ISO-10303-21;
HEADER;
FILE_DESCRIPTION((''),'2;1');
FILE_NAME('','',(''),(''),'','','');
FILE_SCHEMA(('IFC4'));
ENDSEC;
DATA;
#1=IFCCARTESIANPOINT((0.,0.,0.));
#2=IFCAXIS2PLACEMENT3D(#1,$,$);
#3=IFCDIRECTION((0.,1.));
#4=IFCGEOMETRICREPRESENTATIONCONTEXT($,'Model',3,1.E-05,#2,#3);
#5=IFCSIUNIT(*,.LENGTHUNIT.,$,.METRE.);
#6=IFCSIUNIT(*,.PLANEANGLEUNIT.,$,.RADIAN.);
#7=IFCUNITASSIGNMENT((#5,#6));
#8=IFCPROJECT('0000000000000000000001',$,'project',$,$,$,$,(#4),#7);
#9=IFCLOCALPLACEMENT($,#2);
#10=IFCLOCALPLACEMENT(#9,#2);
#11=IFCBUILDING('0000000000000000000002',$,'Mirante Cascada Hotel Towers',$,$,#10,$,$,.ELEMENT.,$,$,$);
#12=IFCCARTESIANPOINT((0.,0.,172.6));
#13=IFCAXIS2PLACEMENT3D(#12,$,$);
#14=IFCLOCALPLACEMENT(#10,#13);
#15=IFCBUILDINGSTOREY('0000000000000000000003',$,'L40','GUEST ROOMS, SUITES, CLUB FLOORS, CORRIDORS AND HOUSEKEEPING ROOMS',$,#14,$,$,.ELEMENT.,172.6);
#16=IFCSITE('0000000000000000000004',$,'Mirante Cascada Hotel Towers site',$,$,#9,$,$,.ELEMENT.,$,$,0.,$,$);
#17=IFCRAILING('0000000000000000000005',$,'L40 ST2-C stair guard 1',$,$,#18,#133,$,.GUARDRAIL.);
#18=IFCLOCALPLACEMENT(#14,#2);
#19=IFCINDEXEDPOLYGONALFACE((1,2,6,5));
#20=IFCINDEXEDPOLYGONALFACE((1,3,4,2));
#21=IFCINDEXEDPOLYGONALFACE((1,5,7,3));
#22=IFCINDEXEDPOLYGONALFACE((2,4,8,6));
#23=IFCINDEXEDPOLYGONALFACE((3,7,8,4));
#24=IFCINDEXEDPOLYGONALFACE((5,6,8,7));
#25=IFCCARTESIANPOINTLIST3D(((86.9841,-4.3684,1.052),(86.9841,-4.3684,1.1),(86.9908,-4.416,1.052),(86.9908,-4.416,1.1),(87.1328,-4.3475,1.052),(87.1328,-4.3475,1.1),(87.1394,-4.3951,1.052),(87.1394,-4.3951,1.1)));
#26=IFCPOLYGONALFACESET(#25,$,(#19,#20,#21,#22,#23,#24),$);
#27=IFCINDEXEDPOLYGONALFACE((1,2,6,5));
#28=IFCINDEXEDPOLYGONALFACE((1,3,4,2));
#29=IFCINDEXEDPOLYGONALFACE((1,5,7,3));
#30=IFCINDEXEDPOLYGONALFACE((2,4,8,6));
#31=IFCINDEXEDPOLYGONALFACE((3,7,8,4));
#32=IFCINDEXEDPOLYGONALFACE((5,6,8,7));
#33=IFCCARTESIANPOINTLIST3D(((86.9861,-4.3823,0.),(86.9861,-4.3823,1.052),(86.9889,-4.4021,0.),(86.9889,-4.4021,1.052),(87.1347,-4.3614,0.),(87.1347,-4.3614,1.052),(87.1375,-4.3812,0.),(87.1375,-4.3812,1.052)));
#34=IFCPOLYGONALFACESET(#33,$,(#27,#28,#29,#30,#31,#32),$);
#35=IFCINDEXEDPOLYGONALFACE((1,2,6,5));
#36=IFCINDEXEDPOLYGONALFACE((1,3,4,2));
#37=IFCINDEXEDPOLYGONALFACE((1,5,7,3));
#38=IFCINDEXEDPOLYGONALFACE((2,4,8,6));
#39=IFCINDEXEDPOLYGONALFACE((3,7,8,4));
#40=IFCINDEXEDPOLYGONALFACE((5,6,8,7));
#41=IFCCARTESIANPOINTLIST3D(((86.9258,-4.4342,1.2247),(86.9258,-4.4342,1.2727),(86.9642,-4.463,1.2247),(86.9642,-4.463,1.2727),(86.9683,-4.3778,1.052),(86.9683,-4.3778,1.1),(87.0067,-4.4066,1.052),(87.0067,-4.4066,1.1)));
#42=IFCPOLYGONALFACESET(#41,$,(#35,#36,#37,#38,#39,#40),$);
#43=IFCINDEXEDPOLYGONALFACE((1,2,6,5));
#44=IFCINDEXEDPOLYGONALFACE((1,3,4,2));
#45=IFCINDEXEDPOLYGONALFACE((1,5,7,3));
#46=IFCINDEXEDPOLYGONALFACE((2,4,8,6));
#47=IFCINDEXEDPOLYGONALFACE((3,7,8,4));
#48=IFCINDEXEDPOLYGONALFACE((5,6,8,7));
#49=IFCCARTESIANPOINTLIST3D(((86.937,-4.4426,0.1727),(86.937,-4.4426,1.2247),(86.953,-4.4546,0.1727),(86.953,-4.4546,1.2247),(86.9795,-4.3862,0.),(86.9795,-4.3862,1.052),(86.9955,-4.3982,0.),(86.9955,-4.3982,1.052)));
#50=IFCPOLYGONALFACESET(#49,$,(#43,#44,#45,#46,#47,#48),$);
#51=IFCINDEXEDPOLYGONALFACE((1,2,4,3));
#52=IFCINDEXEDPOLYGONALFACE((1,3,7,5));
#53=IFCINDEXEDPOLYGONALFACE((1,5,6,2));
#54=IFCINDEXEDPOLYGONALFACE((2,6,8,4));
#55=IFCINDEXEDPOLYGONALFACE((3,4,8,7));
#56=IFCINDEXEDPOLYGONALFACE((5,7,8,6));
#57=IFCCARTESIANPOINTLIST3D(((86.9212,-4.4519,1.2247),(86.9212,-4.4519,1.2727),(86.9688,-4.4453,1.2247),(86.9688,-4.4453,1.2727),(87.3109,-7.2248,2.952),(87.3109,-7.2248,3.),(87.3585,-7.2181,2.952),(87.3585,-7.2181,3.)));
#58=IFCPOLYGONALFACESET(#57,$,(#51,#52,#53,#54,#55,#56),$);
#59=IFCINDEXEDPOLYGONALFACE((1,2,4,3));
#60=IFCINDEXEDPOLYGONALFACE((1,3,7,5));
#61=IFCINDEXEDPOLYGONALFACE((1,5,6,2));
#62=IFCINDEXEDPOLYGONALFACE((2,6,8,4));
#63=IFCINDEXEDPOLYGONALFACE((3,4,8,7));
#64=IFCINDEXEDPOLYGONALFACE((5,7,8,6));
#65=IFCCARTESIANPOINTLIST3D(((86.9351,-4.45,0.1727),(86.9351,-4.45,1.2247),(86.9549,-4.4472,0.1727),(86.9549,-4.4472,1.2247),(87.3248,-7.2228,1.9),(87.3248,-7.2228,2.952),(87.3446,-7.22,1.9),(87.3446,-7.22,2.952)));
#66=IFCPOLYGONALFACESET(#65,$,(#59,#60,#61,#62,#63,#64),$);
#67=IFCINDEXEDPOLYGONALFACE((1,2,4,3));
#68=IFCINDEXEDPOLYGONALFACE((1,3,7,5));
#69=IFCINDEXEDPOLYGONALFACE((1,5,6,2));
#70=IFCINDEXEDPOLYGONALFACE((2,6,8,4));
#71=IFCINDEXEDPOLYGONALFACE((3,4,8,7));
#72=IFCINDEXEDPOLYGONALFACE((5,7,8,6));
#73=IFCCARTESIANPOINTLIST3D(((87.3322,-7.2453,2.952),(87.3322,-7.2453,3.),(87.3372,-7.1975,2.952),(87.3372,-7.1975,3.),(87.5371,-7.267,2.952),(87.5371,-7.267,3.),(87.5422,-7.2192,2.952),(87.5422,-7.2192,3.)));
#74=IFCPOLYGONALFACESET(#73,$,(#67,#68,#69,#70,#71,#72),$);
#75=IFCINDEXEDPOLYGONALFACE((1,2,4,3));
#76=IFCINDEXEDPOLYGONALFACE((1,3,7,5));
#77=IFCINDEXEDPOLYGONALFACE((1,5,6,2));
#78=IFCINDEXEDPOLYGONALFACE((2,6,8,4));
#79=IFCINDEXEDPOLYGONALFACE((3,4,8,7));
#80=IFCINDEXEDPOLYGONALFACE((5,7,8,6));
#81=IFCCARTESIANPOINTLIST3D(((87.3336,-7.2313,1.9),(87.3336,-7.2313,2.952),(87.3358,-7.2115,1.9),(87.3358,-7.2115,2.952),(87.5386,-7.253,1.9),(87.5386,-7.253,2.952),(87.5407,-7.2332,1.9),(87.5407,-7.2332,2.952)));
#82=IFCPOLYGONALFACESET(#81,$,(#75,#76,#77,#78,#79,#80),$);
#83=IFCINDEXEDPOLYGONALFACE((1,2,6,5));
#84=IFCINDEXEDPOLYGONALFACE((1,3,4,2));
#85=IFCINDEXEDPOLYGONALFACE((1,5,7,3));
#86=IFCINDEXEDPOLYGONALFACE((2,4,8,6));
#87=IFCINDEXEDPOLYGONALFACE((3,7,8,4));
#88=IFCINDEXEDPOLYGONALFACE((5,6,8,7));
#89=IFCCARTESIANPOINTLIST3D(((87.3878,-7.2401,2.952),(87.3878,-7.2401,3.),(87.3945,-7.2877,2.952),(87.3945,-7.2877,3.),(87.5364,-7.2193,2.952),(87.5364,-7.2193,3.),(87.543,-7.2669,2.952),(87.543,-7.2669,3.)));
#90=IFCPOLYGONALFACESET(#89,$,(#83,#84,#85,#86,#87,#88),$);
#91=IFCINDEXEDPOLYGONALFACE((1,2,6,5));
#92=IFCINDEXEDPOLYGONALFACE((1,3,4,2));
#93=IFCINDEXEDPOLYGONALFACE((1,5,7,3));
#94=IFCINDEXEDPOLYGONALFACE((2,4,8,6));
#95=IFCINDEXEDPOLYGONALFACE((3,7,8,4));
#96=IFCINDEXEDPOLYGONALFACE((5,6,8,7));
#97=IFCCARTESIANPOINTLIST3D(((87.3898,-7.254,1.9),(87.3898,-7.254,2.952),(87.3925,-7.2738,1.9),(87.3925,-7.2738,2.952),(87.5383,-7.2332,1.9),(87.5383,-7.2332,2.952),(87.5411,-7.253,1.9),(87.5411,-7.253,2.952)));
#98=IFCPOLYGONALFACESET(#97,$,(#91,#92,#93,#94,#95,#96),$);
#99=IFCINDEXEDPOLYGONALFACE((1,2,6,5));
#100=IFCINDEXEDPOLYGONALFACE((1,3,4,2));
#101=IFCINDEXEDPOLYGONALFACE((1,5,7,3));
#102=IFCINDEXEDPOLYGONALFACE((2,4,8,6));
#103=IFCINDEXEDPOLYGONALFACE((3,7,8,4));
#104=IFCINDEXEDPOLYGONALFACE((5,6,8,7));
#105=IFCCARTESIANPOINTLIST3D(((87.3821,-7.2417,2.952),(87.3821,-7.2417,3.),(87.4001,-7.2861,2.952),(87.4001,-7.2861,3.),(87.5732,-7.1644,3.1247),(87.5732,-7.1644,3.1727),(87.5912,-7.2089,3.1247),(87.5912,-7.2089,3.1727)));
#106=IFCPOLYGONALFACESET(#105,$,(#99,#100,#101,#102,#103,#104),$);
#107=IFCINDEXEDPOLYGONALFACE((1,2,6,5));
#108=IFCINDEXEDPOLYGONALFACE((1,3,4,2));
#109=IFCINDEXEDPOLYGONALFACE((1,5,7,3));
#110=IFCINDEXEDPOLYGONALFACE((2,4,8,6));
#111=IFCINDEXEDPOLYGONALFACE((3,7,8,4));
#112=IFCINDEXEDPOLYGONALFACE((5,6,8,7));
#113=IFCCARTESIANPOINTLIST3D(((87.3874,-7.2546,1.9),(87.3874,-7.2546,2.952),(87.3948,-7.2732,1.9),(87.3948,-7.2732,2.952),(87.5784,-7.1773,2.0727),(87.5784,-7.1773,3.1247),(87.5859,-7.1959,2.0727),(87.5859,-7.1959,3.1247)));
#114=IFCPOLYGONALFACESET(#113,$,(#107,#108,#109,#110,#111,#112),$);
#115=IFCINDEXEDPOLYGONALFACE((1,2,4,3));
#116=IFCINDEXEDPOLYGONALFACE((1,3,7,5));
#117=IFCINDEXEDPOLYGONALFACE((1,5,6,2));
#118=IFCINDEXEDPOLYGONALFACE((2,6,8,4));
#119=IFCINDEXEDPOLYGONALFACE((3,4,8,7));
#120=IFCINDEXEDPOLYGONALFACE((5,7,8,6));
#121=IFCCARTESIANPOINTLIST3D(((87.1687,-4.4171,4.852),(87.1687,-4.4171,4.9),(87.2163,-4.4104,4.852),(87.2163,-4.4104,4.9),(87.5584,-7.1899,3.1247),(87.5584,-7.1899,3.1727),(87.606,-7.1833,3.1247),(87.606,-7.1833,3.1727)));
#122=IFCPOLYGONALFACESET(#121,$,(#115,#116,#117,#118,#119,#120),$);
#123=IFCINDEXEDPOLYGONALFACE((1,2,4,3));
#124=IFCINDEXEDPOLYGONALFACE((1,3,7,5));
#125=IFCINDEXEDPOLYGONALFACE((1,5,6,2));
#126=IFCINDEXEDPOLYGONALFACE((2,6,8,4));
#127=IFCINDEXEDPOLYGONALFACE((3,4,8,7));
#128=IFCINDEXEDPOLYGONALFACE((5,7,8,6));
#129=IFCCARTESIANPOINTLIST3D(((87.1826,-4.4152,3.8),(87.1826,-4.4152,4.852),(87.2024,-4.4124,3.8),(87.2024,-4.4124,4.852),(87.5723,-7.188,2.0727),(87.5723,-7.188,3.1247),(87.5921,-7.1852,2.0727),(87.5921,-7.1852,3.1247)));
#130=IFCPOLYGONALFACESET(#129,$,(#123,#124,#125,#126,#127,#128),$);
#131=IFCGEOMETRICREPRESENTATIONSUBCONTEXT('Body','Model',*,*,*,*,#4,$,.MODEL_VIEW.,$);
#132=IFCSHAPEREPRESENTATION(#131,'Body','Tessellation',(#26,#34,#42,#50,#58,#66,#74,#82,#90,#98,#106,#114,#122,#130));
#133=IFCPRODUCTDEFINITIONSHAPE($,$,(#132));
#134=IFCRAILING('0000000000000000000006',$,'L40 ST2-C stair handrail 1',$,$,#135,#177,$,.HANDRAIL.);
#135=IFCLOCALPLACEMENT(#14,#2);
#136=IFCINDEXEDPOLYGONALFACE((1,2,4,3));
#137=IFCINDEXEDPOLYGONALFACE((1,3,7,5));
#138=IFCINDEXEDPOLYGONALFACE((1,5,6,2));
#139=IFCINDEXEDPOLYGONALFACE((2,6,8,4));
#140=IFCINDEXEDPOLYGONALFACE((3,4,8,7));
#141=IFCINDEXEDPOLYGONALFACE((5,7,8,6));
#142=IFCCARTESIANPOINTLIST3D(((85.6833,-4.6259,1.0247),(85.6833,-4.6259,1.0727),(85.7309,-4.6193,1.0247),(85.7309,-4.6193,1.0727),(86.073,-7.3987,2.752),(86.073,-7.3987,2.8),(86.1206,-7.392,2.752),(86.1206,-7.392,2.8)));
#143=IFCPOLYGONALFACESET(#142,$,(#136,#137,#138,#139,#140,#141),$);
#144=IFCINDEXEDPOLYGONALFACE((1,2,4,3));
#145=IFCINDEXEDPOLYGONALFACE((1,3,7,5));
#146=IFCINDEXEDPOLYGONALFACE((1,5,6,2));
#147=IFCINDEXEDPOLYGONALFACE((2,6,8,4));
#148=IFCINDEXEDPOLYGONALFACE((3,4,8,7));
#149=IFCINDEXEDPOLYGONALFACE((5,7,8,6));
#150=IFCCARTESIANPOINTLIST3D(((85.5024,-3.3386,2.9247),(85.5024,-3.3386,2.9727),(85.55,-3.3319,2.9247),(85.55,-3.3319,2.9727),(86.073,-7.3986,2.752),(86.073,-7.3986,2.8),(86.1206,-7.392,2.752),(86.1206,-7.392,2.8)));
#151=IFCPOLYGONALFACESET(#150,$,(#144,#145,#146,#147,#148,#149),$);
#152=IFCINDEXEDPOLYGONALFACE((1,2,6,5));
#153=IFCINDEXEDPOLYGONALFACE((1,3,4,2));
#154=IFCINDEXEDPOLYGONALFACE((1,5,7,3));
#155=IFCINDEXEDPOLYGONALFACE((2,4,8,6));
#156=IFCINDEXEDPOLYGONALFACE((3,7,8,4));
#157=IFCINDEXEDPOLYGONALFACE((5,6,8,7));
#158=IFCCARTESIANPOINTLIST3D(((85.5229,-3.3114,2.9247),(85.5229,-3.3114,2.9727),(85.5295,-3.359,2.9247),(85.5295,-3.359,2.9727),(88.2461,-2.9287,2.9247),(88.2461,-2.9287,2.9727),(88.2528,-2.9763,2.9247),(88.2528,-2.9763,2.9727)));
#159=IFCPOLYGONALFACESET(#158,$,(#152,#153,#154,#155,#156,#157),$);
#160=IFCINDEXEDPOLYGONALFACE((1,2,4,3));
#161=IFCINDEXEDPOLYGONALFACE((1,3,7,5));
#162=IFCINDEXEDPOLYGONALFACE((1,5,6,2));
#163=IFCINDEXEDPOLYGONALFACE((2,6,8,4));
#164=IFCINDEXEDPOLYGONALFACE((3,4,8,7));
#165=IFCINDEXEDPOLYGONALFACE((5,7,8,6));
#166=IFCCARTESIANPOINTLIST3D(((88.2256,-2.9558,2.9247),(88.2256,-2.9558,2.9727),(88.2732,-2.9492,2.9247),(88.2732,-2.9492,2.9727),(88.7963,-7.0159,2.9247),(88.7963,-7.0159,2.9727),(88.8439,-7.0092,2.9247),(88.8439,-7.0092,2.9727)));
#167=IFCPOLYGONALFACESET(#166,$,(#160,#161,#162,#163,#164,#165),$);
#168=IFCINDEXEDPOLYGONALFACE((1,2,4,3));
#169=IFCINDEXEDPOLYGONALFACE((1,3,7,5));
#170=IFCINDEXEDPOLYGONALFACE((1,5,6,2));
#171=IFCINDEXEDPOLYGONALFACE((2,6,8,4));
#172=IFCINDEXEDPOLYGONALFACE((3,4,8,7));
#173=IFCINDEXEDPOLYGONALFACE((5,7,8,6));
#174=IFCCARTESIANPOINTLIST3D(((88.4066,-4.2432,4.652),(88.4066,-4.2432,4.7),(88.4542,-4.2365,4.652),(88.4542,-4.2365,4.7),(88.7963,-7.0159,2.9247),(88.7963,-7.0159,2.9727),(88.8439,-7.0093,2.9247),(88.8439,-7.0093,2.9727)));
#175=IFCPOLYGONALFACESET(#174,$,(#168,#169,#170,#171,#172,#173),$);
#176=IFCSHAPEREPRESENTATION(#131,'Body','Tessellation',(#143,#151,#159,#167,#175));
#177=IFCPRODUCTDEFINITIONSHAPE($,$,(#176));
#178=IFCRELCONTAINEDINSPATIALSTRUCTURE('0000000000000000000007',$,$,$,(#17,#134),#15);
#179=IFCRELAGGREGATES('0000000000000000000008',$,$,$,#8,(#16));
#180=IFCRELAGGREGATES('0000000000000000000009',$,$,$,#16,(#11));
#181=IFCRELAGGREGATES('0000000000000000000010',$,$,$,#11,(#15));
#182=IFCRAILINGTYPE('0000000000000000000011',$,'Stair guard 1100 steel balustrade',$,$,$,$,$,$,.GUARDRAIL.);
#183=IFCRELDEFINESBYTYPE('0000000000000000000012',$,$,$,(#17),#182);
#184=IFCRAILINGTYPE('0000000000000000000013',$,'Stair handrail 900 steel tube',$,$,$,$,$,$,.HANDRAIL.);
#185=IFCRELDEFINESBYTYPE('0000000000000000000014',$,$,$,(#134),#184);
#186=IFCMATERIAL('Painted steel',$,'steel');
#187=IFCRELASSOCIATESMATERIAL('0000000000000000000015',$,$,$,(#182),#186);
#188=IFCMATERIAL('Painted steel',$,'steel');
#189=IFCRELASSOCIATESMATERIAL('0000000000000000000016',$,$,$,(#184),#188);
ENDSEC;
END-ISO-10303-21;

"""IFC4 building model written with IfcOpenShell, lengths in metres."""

from ifc_helpers import new_model, si_unit, direction, frame, origin, origin_2d, place, context, subcontext, project, spatial, rectangle, extrude, material, type_object, element, save


model = new_model("IFC4")

# Units and contexts
model_context = context("Model", 3, precision=1e-05, world=origin(), true_north=direction((0.0, 1.0)))
body_context = subcontext(model_context, "Body", "Model", "MODEL_VIEW")
ifc_project = project(units=[si_unit("LENGTHUNIT", "METRE"), si_unit("PLANEANGLEUNIT", "RADIAN")], contexts=[model_context])

# Site, building, storey
site_placement = place(None, origin())
site = spatial("IfcSite", under=ifc_project, at=site_placement, Name="Mirante Cascada Hotel Towers site", CompositionType="ELEMENT", RefElevation=0.0)
building_placement = place(site_placement, origin())
building = spatial("IfcBuilding", under=site, at=building_placement, Name="Mirante Cascada Hotel Towers", CompositionType="ELEMENT")
storey_placement = place(building_placement, frame((0.0, 0.0, 172.6)))
storey = spatial("IfcBuildingStorey", under=building, at=storey_placement, Name="L40", Description="GUEST ROOMS, SUITES, CLUB FLOORS, CORRIDORS AND HOUSEKEEPING ROOMS", CompositionType="ELEMENT", Elevation=172.6)

# Railings
ifc_material_1 = material(Name="Painted steel", Category="steel")
railing_type_1 = type_object("IfcRailingType", Name="Stair guard 1100 steel balustrade", PredefinedType="GUARDRAIL", material=ifc_material_1)
railing_1_placement = place(storey_placement, frame((87.1361, -4.3713, 0.0)))
element("IfcRailing", 1, at=railing_1_placement, inside=storey, type_object=railing_type_1, Name="L40 ST2-C stair guard 1", PredefinedType="GUARDRAIL", context=body_context, shape_type="SweptSolid", body=[
    extrude(rectangle(XDim=0.048, YDim=0.048, at=origin_2d()), frame((0.0, 0.0, 1.076), z_axis=(-0.990254, -0.139275, 0.0), x_axis=(0.139275, -0.990254, 0.0)), (0.0, 0.0, 1.0), 0.1501),
    extrude(rectangle(XDim=0.02, YDim=1.052, at=origin_2d()), frame((0.0, 0.0, 0.526), z_axis=(-0.990254, -0.139275, 0.0), x_axis=(0.139275, -0.990254, 0.0)), (0.0, 0.0, 1.0), 0.1501),
    extrude(rectangle(XDim=0.048, YDim=0.048, at=origin_2d()), frame((-0.1486, -0.0209, 1.076), z_axis=(-0.601811, -0.798639, 0.0), x_axis=(0.798639, -0.601811, 0.0)), (0.0, 0.925603, 0.378496), 0.1866),
    extrude(rectangle(XDim=0.02, YDim=1.052, at=origin_2d()), frame((-0.1486, -0.0209, 0.526), z_axis=(-0.601811, -0.798639, 0.0), x_axis=(0.798639, -0.601811, 0.0)), (0.0, 0.925603, 0.378496), 0.1866),
    extrude(rectangle(XDim=0.048, YDim=0.048, at=origin_2d()), frame((-0.1911, -0.0773, 1.2487), z_axis=(0.139176, -0.990268, 0.0), x_axis=(0.990268, 0.139176, 0.0)), (0.0, 0.525021, 0.851089), 3.29),
    extrude(rectangle(XDim=0.02, YDim=1.052, at=origin_2d()), frame((-0.1911, -0.0773, 0.6987), z_axis=(0.139176, -0.990268, 0.0), x_axis=(0.990268, 0.139176, 0.0)), (0.0, 0.525021, 0.851089), 3.29),
    extrude(rectangle(XDim=0.048, YDim=0.048, at=origin_2d()), frame((0.1986, -2.8501, 2.976), z_axis=(0.994444, -0.105266, 0.0), x_axis=(0.105266, 0.994444, 0.0)), (0.0, 0.0, 1.0), 0.2061),
    extrude(rectangle(XDim=0.02, YDim=1.052, at=origin_2d()), frame((0.1986, -2.8501, 2.426), z_axis=(0.994444, -0.105266, 0.0), x_axis=(0.105266, 0.994444, 0.0)), (0.0, 0.0, 1.0), 0.2061),
    extrude(rectangle(XDim=0.048, YDim=0.048, at=origin_2d()), frame((0.4036, -2.8718, 2.976), z_axis=(-0.990345, -0.138622, 0.0), x_axis=(0.138622, -0.990345, 0.0)), (0.0, 0.0, 1.0), 0.15),
    extrude(rectangle(XDim=0.02, YDim=1.052, at=origin_2d()), frame((0.4036, -2.8718, 2.426), z_axis=(-0.990345, -0.138622, 0.0), x_axis=(0.138622, -0.990345, 0.0)), (0.0, 0.0, 1.0), 0.15),
    extrude(rectangle(XDim=0.048, YDim=0.048, at=origin_2d()), frame((0.255, -2.8926, 2.976), z_axis=(0.927031, 0.374984, 0.0), x_axis=(-0.374984, 0.927031, 0.0)), (0.0, 0.64219, 0.766545), 0.2689),
    extrude(rectangle(XDim=0.02, YDim=1.052, at=origin_2d()), frame((0.255, -2.8926, 2.426), z_axis=(0.927031, 0.374984, 0.0), x_axis=(-0.374984, 0.927031, 0.0)), (0.0, 0.64219, 0.766545), 0.2689),
    extrude(rectangle(XDim=0.048, YDim=0.048, at=origin_2d()), frame((0.4461, -2.8153, 3.1487), z_axis=(-0.139176, 0.990268, 0.0), x_axis=(-0.990268, -0.139176, 0.0)), (0.0, 0.525021, 0.851089), 3.29),
    extrude(rectangle(XDim=0.02, YDim=1.052, at=origin_2d()), frame((0.4461, -2.8153, 2.5987), z_axis=(-0.139176, 0.990268, 0.0), x_axis=(-0.990268, -0.139176, 0.0)), (0.0, 0.525021, 0.851089), 3.29),
])
ifc_material_2 = material(Name="Painted steel", Category="steel")
railing_type_2 = type_object("IfcRailingType", Name="Stair handrail 900 steel tube", PredefinedType="HANDRAIL", material=ifc_material_2)
railing_2_placement = place(storey_placement, frame((85.7071, -4.6226, 0.1727)))
element("IfcRailing", 2, at=railing_2_placement, inside=storey, type_object=railing_type_2, Name="L40 ST2-C stair handrail 1", PredefinedType="HANDRAIL", context=body_context, shape_type="SweptSolid", body=[
    extrude(rectangle(XDim=0.048, YDim=0.048, at=origin_2d()), frame((0.0, 0.0, 0.876), z_axis=(0.139181, -0.990267, 0.0), x_axis=(0.990267, 0.139181, 0.0)), (0.0, 0.525035, 0.851081), 3.2899),
    extrude(rectangle(XDim=0.048, YDim=0.048, at=origin_2d()), frame((0.3897, -2.7727, 2.6033), z_axis=(-0.139171, 0.990268, 0.0), x_axis=(-0.990268, -0.139171, 0.0)), (0.0, 0.042085, 0.999114), 4.1036),
    extrude(rectangle(XDim=0.048, YDim=0.048, at=origin_2d()), frame((-0.1809, 1.2874, 2.776), z_axis=(0.990269, 0.139166, 0.0), x_axis=(-0.139166, 0.990269, 0.0)), (0.0, 0.0, 1.0), 2.75),
    extrude(rectangle(XDim=0.048, YDim=0.048, at=origin_2d()), frame((2.5423, 1.6701, 2.776), z_axis=(0.139195, -0.990265, 0.0), x_axis=(0.990265, 0.139195, 0.0)), (0.0, 0.0, 1.0), 4.1),
    extrude(rectangle(XDim=0.048, YDim=0.048, at=origin_2d()), frame((3.113, -2.39, 2.776), z_axis=(-0.139181, 0.990267, 0.0), x_axis=(-0.990267, -0.139181, 0.0)), (0.0, 0.525035, 0.851081), 3.2899),
])

save(model, "model.ifc")
